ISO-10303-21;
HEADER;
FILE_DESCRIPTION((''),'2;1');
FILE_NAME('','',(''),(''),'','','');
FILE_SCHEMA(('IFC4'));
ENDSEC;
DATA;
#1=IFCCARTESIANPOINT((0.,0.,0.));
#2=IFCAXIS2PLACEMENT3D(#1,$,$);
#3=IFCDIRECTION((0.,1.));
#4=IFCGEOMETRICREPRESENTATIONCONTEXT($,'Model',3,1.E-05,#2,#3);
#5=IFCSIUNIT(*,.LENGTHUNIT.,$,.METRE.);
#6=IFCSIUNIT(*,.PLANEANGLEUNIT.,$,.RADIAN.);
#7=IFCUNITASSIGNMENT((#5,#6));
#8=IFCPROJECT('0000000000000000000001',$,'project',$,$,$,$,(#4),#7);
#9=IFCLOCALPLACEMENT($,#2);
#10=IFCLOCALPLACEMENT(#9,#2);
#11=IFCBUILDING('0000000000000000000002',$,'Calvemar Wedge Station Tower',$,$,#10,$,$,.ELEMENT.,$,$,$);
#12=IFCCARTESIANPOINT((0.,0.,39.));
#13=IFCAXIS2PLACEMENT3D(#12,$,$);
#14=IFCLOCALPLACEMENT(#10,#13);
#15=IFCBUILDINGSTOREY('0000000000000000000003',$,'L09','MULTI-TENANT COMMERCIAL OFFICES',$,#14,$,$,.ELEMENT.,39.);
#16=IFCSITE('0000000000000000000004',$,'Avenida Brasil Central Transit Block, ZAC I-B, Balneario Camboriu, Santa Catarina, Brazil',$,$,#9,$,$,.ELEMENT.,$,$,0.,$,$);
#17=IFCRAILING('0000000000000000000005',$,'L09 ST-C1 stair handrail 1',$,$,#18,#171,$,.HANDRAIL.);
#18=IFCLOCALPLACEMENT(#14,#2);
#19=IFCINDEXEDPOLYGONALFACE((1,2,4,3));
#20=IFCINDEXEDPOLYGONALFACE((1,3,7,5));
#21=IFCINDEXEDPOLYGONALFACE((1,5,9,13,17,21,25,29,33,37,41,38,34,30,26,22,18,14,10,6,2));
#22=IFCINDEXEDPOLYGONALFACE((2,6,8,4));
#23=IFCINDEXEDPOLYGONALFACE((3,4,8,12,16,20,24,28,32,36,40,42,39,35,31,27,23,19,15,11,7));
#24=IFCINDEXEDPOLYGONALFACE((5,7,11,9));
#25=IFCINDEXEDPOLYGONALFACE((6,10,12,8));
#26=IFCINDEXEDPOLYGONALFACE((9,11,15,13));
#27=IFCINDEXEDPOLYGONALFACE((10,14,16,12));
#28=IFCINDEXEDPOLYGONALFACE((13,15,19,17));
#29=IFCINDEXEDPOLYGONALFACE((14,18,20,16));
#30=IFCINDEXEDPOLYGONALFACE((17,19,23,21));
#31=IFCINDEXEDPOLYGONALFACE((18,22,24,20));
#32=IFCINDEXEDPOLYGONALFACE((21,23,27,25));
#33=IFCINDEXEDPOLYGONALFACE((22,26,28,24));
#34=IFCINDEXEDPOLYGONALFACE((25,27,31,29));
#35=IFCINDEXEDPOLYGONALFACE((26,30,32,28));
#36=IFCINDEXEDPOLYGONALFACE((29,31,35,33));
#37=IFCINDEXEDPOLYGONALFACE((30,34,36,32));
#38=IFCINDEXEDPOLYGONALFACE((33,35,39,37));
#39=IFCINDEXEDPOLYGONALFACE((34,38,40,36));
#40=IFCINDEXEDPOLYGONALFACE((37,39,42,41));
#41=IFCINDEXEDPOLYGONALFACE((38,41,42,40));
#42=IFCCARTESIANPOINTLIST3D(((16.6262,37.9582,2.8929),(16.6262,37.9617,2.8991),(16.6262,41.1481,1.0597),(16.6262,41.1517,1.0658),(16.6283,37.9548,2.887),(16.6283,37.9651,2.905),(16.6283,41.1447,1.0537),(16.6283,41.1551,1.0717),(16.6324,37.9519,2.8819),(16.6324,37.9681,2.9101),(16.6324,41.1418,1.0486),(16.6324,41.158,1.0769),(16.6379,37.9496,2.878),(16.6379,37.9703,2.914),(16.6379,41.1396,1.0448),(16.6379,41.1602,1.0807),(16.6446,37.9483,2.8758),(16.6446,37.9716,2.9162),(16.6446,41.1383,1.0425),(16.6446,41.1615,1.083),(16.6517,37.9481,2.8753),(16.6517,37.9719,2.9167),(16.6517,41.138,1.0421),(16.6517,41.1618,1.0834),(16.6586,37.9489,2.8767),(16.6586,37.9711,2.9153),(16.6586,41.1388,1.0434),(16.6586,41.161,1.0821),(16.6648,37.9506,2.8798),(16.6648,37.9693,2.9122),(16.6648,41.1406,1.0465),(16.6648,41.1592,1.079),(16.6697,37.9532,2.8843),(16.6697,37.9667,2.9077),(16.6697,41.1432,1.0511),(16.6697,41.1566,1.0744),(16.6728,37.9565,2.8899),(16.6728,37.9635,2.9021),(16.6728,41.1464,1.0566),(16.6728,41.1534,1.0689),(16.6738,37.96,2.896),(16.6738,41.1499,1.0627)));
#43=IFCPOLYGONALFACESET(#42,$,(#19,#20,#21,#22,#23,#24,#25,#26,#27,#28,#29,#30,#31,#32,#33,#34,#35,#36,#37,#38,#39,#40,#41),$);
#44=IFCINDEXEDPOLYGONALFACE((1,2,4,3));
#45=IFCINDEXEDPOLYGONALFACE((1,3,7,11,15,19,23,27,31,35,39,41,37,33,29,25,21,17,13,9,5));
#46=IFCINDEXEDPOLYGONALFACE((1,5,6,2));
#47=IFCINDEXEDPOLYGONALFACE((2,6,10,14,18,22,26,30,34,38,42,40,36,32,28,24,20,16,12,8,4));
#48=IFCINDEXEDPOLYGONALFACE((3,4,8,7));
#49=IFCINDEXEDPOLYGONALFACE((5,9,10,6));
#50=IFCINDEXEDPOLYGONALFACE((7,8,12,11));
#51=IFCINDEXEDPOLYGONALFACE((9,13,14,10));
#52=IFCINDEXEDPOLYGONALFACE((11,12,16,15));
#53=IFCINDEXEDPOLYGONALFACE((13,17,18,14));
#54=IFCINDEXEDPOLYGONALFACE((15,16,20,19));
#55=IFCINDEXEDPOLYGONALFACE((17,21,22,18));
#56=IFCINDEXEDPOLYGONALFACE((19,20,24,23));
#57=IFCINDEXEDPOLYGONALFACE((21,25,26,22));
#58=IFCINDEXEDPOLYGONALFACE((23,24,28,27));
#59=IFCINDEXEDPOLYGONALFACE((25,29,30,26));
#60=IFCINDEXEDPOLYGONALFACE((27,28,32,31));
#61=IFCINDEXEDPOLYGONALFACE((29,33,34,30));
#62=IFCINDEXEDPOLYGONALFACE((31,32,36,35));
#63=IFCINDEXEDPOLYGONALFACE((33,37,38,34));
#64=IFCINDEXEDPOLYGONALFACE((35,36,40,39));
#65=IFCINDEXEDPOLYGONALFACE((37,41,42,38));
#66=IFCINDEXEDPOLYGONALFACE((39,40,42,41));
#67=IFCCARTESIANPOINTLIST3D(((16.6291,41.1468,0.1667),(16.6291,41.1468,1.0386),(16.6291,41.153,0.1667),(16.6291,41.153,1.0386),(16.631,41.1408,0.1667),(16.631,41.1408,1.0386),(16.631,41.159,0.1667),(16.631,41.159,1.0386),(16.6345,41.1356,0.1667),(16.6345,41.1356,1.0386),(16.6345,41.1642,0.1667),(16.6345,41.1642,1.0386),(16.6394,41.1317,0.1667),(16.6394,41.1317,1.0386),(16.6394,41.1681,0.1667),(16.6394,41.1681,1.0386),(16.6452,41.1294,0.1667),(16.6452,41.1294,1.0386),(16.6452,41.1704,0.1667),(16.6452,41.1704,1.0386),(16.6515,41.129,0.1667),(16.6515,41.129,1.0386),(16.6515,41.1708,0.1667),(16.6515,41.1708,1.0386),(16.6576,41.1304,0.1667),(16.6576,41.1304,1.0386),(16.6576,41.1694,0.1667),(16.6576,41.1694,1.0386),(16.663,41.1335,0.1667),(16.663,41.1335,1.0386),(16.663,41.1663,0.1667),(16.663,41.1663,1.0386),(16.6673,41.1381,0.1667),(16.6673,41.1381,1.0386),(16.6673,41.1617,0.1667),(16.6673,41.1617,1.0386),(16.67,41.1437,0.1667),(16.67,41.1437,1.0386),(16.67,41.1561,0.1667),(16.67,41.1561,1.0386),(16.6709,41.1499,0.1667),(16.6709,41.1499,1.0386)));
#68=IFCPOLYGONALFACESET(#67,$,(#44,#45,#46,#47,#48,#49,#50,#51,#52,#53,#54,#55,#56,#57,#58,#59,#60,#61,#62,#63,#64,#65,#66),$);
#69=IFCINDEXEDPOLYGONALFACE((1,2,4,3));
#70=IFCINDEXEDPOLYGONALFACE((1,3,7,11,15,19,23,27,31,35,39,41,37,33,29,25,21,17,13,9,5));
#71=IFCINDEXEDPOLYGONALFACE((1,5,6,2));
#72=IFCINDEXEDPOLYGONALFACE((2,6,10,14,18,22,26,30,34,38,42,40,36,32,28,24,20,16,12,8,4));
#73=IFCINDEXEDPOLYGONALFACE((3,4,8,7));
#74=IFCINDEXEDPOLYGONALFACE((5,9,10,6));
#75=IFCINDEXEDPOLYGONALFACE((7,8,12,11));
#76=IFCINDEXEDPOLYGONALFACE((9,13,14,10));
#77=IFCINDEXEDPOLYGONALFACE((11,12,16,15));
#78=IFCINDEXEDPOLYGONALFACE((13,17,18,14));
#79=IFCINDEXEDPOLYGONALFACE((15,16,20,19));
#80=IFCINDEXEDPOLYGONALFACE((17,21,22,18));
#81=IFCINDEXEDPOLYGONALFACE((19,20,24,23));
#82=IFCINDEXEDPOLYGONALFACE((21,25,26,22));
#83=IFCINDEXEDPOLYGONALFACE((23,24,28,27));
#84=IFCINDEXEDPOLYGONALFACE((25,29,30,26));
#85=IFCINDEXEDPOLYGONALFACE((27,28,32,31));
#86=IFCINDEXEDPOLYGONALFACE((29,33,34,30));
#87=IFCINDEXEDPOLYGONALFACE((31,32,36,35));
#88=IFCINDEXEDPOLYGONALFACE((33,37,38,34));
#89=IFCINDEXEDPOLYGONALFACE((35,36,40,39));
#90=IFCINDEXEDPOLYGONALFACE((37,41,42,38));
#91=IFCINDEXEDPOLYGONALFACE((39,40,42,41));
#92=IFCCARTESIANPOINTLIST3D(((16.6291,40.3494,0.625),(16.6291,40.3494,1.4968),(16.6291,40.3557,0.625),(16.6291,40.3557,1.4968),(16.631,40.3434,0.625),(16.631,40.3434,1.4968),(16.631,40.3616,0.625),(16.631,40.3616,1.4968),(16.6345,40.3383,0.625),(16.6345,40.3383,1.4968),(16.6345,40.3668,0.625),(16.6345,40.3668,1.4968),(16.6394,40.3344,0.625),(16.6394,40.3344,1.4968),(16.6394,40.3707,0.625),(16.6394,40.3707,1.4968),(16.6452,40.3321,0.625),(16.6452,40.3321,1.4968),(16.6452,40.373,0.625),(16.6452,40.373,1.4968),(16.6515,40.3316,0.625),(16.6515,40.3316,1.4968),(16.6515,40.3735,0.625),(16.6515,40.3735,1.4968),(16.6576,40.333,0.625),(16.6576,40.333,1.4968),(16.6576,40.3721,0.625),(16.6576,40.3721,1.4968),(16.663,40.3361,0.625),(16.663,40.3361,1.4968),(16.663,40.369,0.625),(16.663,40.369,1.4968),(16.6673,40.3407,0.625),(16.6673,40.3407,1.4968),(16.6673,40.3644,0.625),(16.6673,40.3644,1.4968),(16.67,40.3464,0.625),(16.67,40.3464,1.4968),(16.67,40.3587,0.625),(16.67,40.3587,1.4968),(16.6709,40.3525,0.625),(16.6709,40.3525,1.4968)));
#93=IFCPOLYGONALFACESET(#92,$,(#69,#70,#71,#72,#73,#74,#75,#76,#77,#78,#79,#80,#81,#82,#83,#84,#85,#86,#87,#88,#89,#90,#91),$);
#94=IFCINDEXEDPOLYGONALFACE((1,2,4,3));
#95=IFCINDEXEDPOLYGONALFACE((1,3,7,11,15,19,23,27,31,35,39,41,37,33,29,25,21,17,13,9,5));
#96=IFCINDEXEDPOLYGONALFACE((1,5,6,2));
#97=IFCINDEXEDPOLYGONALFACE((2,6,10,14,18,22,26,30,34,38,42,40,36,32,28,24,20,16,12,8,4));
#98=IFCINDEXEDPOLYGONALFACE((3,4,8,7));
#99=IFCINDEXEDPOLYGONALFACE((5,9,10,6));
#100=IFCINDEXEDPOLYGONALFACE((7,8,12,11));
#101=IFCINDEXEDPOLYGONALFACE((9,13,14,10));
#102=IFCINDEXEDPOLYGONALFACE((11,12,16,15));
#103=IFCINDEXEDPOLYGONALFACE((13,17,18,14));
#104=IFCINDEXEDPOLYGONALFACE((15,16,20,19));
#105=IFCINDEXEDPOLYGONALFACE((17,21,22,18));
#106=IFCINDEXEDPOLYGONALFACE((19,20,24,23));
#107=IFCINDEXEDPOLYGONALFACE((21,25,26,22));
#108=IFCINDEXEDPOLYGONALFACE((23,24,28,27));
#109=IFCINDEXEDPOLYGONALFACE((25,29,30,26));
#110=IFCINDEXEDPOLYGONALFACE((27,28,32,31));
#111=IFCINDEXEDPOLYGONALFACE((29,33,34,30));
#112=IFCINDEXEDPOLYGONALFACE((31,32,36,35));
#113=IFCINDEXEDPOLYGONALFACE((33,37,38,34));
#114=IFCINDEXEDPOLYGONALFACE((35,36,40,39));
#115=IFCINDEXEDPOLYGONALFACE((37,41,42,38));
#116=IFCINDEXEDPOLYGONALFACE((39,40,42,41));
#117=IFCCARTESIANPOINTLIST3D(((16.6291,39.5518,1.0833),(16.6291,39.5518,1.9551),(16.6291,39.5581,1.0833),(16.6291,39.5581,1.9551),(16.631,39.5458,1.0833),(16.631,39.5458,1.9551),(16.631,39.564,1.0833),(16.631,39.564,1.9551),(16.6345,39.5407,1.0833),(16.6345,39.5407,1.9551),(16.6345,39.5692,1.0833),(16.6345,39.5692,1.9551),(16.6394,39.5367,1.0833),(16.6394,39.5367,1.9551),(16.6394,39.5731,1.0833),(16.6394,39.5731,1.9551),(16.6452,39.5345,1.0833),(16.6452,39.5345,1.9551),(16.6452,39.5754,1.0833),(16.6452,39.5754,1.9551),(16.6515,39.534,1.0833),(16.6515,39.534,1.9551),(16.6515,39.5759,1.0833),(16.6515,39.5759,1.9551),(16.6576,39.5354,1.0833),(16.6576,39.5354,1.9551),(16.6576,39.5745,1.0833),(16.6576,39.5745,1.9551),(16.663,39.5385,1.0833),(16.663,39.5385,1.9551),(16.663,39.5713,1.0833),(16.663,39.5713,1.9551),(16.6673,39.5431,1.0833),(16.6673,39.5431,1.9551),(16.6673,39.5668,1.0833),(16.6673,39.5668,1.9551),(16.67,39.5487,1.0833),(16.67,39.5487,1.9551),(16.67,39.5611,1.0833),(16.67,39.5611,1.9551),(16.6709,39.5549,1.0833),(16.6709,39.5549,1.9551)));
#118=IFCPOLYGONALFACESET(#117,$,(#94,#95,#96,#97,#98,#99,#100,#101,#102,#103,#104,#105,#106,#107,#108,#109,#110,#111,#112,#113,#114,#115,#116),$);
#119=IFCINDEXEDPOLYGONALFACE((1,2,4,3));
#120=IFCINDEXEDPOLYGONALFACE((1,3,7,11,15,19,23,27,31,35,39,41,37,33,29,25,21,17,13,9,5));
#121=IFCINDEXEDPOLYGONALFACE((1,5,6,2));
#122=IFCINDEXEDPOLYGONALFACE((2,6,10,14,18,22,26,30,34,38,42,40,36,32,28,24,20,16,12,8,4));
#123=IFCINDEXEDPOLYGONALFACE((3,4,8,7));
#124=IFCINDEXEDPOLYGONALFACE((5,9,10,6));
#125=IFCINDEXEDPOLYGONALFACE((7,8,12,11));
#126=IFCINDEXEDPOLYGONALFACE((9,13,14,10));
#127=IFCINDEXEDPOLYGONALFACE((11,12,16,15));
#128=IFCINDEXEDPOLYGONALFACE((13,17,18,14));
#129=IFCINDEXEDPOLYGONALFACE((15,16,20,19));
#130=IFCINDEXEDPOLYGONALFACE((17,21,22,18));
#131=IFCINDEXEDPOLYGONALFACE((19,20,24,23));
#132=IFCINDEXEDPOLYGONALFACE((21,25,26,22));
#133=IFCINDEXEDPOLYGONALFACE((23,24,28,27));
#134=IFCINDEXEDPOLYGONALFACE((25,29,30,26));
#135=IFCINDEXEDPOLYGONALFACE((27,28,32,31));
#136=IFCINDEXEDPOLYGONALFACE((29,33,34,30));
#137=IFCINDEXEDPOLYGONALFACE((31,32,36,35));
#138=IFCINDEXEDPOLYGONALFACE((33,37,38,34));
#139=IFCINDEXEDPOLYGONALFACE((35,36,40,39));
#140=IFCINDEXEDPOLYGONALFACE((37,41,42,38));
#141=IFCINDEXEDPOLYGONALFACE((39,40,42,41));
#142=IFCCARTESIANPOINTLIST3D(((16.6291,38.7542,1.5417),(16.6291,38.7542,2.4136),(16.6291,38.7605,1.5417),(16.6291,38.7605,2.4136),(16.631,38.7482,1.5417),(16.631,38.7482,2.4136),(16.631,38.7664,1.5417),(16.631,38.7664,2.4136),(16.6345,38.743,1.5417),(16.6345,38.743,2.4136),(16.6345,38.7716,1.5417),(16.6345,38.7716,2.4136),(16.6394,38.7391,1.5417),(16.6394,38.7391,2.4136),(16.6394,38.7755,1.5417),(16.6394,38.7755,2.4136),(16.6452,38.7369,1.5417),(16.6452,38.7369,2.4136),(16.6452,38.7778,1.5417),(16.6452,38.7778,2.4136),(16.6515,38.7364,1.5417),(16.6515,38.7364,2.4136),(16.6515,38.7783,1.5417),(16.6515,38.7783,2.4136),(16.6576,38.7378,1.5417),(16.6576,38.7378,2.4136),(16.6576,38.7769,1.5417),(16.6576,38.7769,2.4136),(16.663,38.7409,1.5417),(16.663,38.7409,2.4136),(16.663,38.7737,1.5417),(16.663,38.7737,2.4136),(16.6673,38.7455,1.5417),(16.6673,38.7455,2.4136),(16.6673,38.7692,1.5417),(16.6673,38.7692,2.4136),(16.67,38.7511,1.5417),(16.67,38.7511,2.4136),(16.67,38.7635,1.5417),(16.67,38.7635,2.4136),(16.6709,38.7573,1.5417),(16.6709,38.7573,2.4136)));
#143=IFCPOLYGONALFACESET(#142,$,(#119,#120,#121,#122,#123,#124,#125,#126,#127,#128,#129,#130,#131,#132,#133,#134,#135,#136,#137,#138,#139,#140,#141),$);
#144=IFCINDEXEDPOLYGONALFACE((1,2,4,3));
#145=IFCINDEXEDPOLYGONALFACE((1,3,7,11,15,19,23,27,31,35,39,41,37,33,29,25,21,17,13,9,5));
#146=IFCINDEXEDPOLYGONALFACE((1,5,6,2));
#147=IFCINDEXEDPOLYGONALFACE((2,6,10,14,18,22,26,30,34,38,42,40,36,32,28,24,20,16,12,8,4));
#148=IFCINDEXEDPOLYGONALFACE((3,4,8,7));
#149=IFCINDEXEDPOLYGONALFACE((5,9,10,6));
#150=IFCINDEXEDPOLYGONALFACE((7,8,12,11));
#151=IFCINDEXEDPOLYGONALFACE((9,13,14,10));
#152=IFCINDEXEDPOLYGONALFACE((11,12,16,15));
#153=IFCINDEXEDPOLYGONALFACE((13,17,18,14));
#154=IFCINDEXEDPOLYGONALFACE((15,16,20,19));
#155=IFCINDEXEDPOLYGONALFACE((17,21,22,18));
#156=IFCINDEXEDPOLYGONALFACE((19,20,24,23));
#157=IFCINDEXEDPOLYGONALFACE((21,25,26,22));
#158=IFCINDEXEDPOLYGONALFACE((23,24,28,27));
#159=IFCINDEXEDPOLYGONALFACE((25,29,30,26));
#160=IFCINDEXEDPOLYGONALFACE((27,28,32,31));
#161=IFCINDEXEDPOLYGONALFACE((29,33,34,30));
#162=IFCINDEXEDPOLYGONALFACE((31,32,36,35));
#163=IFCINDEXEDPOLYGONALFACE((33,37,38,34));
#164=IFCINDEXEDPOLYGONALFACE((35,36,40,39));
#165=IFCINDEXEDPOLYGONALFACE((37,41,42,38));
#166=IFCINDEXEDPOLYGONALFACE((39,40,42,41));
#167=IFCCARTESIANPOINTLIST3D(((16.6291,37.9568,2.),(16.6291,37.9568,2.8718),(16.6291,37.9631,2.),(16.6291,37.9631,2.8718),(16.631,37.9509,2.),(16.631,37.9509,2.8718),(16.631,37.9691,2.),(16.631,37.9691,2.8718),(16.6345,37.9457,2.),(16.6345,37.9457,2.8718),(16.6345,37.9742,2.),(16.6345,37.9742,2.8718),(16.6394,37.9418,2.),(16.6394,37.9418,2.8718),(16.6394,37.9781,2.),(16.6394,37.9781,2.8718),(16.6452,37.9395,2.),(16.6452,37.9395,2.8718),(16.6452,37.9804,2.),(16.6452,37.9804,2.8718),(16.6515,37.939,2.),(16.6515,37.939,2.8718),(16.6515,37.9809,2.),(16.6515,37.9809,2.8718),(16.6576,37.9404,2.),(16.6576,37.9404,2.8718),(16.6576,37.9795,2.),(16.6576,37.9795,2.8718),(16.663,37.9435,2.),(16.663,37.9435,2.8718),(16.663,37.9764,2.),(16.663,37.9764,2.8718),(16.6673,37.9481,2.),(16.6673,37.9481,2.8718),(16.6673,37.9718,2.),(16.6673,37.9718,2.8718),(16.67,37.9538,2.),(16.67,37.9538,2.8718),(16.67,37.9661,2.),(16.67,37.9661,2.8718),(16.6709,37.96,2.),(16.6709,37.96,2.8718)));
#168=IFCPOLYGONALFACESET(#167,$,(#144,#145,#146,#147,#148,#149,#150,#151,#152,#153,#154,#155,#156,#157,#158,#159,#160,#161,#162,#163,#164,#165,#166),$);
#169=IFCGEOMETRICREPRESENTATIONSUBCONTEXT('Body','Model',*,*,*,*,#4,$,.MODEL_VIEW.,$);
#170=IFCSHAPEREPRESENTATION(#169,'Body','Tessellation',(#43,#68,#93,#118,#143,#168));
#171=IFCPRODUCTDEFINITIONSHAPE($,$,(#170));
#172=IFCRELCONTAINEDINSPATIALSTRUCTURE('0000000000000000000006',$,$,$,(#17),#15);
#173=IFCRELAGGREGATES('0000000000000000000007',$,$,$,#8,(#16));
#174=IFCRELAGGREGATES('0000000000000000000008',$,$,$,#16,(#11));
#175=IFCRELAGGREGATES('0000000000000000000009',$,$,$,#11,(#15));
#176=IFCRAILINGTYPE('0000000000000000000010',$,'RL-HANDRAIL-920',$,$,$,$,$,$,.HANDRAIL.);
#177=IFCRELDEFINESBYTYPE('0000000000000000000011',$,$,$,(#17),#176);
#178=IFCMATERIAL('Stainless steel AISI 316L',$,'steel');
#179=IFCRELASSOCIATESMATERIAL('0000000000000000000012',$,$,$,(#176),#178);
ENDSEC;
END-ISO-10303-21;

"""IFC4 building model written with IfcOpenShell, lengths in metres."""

from ifc_helpers import new_model, si_unit, direction, frame, origin, origin_2d, place, context, subcontext, project, spatial, circle, extrude, material, type_object, element, save


model = new_model("IFC4")

# Units and contexts
model_context = context("Model", 3, precision=1e-05, world=origin(), true_north=direction((0.0, 1.0)))
body_context = subcontext(model_context, "Body", "Model", "MODEL_VIEW")
ifc_project = project(units=[si_unit("LENGTHUNIT", "METRE"), si_unit("PLANEANGLEUNIT", "RADIAN")], contexts=[model_context])

# Site, building, storey
site_placement = place(None, origin())
site = spatial("IfcSite", under=ifc_project, at=site_placement, Name="Avenida Brasil Central Transit Block, ZAC I-B, Balneario Camboriu, Santa Catarina, Brazil", CompositionType="ELEMENT", RefElevation=0.0)
building_placement = place(site_placement, origin())
building = spatial("IfcBuilding", under=site, at=building_placement, Name="Calvemar Wedge Station Tower", CompositionType="ELEMENT")
storey_placement = place(building_placement, frame((0.0, 0.0, 39.0)))
storey = spatial("IfcBuildingStorey", under=building, at=storey_placement, Name="L09", Description="MULTI-TENANT COMMERCIAL OFFICES", CompositionType="ELEMENT", Elevation=39.0)

# Railing
ifc_material_1 = material(Name="Stainless steel AISI 316L", Category="steel")
railing_type_1 = type_object("IfcRailingType", Name="RL-HANDRAIL-920", PredefinedType="HANDRAIL", material=ifc_material_1)
railing_1_placement = place(storey_placement, frame((16.6499, 41.1499, 0.1667)))
element("IfcRailing", 1, at=railing_1_placement, inside=storey, type_object=railing_type_1, Name="L09 ST-C1 stair handrail 1", PredefinedType="HANDRAIL", context=body_context, shape_type="SweptSolid", body=[
    extrude(circle(Radius=0.0239, at=origin_2d()), frame((0.0, 0.0, 0.896), z_axis=(0.0, -0.86702, 0.498274), x_axis=(1.0, 0.0, 0.0)), (0.0, 0.0, 1.0), 3.6792),
    extrude(circle(Radius=0.021, at=origin_2d()), origin(), (0.0, 0.0, 1.0), 0.8718),
    extrude(circle(Radius=0.021, at=origin_2d()), frame((0.0, -0.7974, 0.4583)), (0.0, 0.0, 1.0), 0.8718),
    extrude(circle(Radius=0.021, at=origin_2d()), frame((0.0, -1.595, 0.9165)), (0.0, 0.0, 1.0), 0.8718),
    extrude(circle(Radius=0.021, at=origin_2d()), frame((0.0, -2.3926, 1.375)), (0.0, 0.0, 1.0), 0.8718),
    extrude(circle(Radius=0.021, at=origin_2d()), frame((0.0, -3.1899, 1.8333)), (0.0, 0.0, 1.0), 0.8718),
])

save(model, "model.ifc")
